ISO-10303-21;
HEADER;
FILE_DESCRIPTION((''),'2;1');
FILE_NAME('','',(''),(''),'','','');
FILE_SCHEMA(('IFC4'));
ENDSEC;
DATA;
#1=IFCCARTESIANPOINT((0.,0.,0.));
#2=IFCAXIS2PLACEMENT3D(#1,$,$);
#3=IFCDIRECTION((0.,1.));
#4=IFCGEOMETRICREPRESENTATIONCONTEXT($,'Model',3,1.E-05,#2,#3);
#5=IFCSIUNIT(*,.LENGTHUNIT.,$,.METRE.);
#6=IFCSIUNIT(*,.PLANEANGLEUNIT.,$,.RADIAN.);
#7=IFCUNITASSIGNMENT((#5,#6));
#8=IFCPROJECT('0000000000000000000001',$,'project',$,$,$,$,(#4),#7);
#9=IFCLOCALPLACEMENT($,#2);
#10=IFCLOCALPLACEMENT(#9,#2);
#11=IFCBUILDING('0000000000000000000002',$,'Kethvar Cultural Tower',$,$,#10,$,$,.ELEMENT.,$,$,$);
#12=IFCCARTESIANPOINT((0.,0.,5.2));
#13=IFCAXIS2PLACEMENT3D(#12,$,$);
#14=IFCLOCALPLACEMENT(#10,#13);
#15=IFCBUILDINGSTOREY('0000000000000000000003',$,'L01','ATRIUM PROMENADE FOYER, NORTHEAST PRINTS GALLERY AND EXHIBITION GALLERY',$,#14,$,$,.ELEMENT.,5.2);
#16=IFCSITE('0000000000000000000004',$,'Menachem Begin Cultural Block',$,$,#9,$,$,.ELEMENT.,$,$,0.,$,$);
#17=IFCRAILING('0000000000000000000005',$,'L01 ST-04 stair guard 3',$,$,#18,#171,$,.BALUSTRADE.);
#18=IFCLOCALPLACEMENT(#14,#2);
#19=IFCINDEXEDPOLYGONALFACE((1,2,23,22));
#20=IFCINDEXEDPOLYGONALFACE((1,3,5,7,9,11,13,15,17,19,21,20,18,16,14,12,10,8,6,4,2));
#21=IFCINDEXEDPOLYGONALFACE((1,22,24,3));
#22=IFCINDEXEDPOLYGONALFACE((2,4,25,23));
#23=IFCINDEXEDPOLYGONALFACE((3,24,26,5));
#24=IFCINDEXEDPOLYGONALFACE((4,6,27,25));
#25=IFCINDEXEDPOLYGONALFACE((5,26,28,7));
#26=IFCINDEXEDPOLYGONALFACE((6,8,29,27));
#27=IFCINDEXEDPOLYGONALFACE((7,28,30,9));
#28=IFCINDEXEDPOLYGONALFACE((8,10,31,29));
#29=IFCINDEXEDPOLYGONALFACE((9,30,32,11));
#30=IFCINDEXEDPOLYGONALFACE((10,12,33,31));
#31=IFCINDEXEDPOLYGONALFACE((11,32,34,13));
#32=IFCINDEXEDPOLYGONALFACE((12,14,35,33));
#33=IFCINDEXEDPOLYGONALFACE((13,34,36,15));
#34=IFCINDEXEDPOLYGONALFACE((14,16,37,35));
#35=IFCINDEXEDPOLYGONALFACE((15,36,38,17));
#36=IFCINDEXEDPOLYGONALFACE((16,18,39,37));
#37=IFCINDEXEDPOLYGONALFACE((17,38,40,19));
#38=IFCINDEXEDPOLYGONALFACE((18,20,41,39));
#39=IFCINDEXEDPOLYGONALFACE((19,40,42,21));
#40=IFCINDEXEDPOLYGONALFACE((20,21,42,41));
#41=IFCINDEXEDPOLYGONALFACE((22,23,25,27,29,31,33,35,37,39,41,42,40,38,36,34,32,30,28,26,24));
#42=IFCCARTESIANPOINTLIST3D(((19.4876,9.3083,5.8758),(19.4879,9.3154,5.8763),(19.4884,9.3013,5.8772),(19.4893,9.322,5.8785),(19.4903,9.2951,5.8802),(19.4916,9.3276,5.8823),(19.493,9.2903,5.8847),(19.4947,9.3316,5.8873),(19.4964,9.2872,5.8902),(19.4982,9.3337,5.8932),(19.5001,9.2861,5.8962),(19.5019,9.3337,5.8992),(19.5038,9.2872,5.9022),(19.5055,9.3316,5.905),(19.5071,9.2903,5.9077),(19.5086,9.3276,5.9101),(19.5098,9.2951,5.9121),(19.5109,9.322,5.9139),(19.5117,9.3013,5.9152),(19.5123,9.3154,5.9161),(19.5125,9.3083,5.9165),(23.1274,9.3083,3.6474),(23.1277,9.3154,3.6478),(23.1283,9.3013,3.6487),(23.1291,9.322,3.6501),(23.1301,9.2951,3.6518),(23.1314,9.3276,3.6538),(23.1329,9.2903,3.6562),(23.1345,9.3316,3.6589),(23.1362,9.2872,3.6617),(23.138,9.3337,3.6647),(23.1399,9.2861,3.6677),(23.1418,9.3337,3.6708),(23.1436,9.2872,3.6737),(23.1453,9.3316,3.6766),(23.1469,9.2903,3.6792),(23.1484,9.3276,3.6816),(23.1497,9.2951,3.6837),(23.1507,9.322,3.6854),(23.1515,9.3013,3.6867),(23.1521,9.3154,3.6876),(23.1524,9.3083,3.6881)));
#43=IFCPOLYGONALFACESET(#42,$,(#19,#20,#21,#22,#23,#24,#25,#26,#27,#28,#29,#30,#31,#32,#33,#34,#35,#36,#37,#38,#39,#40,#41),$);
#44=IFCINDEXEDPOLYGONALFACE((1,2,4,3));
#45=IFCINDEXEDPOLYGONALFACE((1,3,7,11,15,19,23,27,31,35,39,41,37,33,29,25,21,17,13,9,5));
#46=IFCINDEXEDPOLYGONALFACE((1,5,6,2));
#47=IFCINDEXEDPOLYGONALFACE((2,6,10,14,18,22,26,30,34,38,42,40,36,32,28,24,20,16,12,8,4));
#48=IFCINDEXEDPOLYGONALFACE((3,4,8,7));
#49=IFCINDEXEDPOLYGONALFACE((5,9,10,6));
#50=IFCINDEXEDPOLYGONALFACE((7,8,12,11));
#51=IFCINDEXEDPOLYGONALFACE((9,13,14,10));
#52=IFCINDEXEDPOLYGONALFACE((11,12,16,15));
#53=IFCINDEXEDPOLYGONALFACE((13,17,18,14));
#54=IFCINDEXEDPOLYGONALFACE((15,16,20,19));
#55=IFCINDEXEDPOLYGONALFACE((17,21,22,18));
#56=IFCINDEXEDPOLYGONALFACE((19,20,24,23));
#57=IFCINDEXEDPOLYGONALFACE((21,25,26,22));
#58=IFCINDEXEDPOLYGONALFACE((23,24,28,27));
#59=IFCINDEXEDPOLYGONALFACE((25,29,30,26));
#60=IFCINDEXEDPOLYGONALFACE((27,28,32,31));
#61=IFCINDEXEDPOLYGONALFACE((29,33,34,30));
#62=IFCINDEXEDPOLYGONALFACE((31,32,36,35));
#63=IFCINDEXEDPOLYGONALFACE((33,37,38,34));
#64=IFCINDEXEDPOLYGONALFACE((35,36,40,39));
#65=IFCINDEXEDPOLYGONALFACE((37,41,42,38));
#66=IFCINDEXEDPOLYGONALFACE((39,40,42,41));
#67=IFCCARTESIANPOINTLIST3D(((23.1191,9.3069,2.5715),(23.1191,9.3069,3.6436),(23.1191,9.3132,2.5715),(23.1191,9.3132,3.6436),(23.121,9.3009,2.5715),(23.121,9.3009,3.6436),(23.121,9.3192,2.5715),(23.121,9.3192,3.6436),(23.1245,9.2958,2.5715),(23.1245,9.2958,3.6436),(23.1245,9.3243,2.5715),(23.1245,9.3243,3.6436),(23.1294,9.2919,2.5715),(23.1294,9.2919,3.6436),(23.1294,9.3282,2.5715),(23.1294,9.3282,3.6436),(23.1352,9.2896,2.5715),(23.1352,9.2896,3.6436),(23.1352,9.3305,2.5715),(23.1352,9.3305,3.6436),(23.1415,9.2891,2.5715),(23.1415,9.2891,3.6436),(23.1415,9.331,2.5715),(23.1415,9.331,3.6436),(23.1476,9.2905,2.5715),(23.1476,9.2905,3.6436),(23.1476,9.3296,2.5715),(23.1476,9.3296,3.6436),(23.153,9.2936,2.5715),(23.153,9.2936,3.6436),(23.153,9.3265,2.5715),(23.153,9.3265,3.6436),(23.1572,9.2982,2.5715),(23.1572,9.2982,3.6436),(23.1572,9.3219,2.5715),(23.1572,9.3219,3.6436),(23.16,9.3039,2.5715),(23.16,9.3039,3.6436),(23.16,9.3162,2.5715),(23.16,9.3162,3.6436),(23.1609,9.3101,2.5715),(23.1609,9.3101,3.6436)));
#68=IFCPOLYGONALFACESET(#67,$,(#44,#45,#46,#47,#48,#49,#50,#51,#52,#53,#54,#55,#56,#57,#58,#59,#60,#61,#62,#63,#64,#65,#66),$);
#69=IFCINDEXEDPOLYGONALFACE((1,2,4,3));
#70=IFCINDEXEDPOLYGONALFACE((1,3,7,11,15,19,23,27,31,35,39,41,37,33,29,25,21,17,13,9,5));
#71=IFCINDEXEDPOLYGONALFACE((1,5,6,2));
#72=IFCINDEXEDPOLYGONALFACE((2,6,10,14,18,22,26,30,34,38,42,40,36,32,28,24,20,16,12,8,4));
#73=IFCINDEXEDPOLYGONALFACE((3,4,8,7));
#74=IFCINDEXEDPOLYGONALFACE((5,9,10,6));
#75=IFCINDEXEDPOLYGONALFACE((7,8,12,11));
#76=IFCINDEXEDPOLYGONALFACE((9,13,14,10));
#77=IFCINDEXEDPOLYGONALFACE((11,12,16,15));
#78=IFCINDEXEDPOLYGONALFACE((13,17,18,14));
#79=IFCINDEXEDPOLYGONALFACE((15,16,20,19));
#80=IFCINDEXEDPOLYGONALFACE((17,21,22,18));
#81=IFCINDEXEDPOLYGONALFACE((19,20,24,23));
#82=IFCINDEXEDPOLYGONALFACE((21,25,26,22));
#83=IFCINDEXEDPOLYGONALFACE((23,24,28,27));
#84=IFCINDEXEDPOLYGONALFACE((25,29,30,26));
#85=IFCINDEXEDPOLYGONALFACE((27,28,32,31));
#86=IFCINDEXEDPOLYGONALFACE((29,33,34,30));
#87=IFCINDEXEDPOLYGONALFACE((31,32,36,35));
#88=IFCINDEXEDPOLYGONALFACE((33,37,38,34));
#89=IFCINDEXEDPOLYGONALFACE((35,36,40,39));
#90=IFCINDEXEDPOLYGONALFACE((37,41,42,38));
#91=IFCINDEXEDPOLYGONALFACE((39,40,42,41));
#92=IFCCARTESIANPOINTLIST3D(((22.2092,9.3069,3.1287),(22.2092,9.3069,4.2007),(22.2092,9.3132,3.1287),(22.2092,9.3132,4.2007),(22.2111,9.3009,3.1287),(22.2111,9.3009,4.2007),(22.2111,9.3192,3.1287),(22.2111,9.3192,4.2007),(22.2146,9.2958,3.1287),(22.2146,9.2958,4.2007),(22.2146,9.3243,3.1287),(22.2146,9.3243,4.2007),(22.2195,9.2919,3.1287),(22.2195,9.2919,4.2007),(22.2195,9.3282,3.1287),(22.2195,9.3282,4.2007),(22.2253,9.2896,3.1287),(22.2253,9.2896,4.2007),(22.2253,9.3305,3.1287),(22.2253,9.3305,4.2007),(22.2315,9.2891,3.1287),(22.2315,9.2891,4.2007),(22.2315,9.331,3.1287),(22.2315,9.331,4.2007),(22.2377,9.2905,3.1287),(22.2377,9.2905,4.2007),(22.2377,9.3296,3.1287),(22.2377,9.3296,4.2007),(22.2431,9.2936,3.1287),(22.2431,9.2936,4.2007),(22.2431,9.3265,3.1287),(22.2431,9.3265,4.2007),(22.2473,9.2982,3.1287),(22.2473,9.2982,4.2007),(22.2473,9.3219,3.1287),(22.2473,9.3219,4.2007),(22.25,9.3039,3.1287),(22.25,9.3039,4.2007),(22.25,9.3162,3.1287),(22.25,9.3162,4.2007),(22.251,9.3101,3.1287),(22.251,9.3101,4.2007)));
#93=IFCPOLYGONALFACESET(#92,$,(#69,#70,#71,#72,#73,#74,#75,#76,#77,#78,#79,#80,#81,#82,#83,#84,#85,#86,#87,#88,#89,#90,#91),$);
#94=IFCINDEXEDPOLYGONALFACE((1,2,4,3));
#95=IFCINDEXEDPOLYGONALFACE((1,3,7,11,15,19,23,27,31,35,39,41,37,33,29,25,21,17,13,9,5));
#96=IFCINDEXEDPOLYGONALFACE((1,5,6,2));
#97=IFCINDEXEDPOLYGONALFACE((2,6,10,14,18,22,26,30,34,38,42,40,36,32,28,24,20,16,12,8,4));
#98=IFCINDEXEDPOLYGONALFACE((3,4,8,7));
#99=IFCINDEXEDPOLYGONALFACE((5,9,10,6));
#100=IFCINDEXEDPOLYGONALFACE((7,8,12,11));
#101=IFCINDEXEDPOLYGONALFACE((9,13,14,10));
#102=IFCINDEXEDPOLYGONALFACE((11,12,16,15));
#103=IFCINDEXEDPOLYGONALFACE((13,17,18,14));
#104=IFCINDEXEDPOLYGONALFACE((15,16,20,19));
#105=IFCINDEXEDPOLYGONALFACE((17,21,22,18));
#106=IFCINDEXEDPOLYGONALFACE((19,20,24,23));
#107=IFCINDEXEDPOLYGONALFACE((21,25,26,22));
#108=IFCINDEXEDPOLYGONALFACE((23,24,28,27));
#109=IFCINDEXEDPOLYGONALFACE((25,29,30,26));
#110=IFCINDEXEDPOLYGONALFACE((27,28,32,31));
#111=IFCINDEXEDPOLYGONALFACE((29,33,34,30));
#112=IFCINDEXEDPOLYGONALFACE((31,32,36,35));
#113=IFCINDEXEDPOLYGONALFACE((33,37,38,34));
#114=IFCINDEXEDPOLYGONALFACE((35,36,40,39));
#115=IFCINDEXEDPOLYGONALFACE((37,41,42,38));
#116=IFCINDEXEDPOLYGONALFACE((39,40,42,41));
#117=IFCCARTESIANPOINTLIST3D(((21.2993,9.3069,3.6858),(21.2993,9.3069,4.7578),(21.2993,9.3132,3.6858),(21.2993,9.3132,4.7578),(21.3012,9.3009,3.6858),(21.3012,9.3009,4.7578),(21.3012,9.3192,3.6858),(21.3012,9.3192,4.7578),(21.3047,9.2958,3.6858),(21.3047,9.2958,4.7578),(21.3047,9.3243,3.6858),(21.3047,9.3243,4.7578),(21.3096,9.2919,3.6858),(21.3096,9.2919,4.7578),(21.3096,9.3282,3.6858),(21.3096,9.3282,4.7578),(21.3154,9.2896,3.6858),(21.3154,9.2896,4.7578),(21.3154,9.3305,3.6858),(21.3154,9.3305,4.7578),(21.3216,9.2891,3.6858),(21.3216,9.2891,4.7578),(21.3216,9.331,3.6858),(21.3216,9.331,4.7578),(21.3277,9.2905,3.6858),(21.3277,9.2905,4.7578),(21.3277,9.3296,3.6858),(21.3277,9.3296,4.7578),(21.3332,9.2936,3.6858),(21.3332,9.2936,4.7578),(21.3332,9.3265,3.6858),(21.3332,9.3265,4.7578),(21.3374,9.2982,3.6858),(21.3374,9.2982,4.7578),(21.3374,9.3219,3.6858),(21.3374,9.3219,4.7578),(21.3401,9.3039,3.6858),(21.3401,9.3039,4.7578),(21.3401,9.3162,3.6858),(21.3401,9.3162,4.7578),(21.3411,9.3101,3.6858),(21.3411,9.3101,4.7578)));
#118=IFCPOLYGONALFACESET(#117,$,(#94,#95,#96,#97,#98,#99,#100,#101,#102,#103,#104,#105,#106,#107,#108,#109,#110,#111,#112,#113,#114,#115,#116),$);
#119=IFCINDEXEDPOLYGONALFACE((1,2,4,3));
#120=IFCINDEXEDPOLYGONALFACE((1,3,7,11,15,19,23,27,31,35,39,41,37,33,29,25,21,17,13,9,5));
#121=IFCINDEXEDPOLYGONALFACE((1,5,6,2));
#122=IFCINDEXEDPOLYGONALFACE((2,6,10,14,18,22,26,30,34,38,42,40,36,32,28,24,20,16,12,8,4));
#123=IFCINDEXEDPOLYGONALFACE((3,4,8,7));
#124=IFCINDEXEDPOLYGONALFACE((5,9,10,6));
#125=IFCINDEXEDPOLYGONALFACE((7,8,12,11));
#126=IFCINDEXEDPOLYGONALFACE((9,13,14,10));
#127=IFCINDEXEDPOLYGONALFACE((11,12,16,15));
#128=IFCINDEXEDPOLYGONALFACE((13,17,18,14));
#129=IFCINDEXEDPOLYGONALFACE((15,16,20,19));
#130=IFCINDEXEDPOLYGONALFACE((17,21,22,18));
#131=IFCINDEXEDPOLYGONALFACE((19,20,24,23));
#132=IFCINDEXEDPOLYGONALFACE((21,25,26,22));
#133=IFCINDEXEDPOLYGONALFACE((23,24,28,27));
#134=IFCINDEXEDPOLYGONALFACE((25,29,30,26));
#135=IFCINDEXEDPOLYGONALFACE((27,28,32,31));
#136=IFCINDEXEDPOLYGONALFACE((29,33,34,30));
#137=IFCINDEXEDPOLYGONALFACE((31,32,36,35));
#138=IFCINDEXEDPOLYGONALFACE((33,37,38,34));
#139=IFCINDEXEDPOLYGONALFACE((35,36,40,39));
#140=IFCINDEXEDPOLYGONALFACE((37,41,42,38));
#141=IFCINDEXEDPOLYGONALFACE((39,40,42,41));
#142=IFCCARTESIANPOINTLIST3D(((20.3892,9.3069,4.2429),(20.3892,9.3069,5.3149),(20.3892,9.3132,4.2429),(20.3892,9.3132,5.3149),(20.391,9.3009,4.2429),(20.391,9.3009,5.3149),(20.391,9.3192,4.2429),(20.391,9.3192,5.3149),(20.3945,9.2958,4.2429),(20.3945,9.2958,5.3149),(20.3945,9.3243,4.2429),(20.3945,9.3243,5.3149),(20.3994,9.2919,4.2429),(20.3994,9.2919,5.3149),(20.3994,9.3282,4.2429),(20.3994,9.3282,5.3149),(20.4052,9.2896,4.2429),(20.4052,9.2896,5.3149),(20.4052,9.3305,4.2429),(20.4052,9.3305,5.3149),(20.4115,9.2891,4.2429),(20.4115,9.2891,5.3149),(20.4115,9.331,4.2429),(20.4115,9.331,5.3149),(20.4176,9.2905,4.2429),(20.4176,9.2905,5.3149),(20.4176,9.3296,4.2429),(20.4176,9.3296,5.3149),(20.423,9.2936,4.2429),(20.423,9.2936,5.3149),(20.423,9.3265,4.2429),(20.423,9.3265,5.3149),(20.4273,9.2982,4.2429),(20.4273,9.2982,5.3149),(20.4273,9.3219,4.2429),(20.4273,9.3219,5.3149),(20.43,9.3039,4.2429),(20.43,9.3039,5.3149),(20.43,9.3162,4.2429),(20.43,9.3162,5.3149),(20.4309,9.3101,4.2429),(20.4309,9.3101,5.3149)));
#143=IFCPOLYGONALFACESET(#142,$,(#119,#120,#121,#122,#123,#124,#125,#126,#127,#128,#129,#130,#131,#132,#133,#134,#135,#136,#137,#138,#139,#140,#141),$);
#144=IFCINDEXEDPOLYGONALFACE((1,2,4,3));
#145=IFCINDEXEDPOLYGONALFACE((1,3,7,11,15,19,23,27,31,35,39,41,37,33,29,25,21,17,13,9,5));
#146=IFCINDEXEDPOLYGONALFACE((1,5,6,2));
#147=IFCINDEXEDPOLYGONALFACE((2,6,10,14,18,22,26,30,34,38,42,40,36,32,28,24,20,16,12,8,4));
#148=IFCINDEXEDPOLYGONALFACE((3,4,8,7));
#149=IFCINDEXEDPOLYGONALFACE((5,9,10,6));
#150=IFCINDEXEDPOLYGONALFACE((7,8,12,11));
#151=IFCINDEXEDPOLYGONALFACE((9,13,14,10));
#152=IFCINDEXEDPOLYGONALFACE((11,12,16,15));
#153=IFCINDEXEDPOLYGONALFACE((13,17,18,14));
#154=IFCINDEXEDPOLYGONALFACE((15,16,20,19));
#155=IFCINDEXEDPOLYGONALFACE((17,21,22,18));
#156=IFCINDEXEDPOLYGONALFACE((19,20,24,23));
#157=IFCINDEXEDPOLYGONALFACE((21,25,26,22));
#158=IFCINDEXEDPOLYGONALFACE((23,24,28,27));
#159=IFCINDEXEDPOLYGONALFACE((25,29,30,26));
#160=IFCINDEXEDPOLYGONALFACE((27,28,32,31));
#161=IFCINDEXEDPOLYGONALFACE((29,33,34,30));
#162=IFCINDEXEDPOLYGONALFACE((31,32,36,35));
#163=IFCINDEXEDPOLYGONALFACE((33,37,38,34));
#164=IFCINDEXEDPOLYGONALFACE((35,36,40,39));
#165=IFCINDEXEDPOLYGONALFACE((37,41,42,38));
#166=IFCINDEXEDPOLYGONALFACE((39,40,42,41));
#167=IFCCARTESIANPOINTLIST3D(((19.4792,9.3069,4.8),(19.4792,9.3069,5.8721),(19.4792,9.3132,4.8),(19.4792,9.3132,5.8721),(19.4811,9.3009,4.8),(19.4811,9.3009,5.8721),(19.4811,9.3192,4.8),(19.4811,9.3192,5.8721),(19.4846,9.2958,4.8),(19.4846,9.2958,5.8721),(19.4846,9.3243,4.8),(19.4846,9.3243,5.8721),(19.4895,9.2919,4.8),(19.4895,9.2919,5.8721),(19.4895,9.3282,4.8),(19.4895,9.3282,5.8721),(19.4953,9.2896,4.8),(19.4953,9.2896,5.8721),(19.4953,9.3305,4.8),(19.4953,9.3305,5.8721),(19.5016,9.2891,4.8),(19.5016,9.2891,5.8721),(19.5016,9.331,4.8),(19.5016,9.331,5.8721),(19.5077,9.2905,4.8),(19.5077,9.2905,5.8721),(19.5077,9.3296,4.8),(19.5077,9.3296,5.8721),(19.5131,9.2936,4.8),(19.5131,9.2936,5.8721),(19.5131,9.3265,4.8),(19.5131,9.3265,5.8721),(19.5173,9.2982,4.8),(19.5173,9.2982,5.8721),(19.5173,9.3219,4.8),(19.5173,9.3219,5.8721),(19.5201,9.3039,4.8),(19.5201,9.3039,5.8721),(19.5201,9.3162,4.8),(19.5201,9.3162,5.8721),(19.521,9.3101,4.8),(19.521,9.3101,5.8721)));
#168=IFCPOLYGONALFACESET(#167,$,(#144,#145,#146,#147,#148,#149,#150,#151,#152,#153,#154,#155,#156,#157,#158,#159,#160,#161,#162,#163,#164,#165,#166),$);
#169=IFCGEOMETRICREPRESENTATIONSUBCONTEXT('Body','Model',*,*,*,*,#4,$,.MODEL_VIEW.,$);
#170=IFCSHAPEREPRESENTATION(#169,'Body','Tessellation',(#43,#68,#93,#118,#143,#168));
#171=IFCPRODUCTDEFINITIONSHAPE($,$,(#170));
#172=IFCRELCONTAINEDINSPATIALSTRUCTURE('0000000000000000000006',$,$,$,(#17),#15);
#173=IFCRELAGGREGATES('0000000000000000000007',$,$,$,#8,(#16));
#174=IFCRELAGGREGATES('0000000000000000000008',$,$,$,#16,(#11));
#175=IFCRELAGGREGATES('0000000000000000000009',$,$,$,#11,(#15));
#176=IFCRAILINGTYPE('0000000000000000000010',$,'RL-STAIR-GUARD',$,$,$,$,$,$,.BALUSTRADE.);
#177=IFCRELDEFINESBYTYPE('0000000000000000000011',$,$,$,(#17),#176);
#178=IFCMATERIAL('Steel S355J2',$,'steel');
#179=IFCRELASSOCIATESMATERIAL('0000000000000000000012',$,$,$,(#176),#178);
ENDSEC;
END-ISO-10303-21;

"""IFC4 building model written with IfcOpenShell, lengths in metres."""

from ifc_helpers import new_model, si_unit, direction, frame, origin, origin_2d, place, context, subcontext, project, spatial, circle, extrude, material, type_object, element, save


model = new_model("IFC4")

# Units and contexts
model_context = context("Model", 3, precision=1e-05, world=origin(), true_north=direction((0.0, 1.0)))
body_context = subcontext(model_context, "Body", "Model", "MODEL_VIEW")
ifc_project = project(units=[si_unit("LENGTHUNIT", "METRE"), si_unit("PLANEANGLEUNIT", "RADIAN")], contexts=[model_context])

# Site, building, storey
site_placement = place(None, origin())
site = spatial("IfcSite", under=ifc_project, at=site_placement, Name="Menachem Begin Cultural Block", CompositionType="ELEMENT", RefElevation=0.0)
building_placement = place(site_placement, origin())
building = spatial("IfcBuilding", under=site, at=building_placement, Name="Kethvar Cultural Tower", CompositionType="ELEMENT")
storey_placement = place(building_placement, frame((0.0, 0.0, 5.2)))
storey = spatial("IfcBuildingStorey", under=building, at=storey_placement, Name="L01", Description="ATRIUM PROMENADE FOYER, NORTHEAST PRINTS GALLERY AND EXHIBITION GALLERY", CompositionType="ELEMENT", Elevation=5.2)

# Shared definitions
ifc_material_1 = material(Name="Steel S355J2", Category="steel")

# Railing
railing_type_1 = type_object("IfcRailingType", Name="RL-STAIR-GUARD", PredefinedType="BALUSTRADE", material=ifc_material_1)
railing_1_placement = place(storey_placement, frame((23.1399, 9.3101, 2.5715)))
element("IfcRailing", 1, at=railing_1_placement, inside=storey, type_object=railing_type_1, Name="L01 ST-04 stair guard 3", PredefinedType="BALUSTRADE", context=body_context, shape_type="SweptSolid", body=[
    extrude(circle(Radius=0.0239, at=origin_2d()), frame((0.0, 0.0, 1.0962), z_axis=(-0.85285, 0.0, 0.522156), x_axis=(0.0, -1.0, 0.0)), (0.0, 0.0, 1.0), 4.2678),
    extrude(circle(Radius=0.021, at=origin_2d()), origin(), (0.0, 0.0, 1.0), 1.072),
    extrude(circle(Radius=0.021, at=origin_2d()), frame((-0.9099, 0.0, 0.5571)), (0.0, 0.0, 1.0), 1.072),
    extrude(circle(Radius=0.021, at=origin_2d()), frame((-1.8198, 0.0, 1.1143)), (0.0, 0.0, 1.0), 1.072),
    extrude(circle(Radius=0.021, at=origin_2d()), frame((-2.73, 0.0, 1.6714)), (0.0, 0.0, 1.0), 1.072),
    extrude(circle(Radius=0.021, at=origin_2d()), frame((-3.6399, 0.0, 2.2285)), (0.0, 0.0, 1.0), 1.072),
])

save(model, "model.ifc")
